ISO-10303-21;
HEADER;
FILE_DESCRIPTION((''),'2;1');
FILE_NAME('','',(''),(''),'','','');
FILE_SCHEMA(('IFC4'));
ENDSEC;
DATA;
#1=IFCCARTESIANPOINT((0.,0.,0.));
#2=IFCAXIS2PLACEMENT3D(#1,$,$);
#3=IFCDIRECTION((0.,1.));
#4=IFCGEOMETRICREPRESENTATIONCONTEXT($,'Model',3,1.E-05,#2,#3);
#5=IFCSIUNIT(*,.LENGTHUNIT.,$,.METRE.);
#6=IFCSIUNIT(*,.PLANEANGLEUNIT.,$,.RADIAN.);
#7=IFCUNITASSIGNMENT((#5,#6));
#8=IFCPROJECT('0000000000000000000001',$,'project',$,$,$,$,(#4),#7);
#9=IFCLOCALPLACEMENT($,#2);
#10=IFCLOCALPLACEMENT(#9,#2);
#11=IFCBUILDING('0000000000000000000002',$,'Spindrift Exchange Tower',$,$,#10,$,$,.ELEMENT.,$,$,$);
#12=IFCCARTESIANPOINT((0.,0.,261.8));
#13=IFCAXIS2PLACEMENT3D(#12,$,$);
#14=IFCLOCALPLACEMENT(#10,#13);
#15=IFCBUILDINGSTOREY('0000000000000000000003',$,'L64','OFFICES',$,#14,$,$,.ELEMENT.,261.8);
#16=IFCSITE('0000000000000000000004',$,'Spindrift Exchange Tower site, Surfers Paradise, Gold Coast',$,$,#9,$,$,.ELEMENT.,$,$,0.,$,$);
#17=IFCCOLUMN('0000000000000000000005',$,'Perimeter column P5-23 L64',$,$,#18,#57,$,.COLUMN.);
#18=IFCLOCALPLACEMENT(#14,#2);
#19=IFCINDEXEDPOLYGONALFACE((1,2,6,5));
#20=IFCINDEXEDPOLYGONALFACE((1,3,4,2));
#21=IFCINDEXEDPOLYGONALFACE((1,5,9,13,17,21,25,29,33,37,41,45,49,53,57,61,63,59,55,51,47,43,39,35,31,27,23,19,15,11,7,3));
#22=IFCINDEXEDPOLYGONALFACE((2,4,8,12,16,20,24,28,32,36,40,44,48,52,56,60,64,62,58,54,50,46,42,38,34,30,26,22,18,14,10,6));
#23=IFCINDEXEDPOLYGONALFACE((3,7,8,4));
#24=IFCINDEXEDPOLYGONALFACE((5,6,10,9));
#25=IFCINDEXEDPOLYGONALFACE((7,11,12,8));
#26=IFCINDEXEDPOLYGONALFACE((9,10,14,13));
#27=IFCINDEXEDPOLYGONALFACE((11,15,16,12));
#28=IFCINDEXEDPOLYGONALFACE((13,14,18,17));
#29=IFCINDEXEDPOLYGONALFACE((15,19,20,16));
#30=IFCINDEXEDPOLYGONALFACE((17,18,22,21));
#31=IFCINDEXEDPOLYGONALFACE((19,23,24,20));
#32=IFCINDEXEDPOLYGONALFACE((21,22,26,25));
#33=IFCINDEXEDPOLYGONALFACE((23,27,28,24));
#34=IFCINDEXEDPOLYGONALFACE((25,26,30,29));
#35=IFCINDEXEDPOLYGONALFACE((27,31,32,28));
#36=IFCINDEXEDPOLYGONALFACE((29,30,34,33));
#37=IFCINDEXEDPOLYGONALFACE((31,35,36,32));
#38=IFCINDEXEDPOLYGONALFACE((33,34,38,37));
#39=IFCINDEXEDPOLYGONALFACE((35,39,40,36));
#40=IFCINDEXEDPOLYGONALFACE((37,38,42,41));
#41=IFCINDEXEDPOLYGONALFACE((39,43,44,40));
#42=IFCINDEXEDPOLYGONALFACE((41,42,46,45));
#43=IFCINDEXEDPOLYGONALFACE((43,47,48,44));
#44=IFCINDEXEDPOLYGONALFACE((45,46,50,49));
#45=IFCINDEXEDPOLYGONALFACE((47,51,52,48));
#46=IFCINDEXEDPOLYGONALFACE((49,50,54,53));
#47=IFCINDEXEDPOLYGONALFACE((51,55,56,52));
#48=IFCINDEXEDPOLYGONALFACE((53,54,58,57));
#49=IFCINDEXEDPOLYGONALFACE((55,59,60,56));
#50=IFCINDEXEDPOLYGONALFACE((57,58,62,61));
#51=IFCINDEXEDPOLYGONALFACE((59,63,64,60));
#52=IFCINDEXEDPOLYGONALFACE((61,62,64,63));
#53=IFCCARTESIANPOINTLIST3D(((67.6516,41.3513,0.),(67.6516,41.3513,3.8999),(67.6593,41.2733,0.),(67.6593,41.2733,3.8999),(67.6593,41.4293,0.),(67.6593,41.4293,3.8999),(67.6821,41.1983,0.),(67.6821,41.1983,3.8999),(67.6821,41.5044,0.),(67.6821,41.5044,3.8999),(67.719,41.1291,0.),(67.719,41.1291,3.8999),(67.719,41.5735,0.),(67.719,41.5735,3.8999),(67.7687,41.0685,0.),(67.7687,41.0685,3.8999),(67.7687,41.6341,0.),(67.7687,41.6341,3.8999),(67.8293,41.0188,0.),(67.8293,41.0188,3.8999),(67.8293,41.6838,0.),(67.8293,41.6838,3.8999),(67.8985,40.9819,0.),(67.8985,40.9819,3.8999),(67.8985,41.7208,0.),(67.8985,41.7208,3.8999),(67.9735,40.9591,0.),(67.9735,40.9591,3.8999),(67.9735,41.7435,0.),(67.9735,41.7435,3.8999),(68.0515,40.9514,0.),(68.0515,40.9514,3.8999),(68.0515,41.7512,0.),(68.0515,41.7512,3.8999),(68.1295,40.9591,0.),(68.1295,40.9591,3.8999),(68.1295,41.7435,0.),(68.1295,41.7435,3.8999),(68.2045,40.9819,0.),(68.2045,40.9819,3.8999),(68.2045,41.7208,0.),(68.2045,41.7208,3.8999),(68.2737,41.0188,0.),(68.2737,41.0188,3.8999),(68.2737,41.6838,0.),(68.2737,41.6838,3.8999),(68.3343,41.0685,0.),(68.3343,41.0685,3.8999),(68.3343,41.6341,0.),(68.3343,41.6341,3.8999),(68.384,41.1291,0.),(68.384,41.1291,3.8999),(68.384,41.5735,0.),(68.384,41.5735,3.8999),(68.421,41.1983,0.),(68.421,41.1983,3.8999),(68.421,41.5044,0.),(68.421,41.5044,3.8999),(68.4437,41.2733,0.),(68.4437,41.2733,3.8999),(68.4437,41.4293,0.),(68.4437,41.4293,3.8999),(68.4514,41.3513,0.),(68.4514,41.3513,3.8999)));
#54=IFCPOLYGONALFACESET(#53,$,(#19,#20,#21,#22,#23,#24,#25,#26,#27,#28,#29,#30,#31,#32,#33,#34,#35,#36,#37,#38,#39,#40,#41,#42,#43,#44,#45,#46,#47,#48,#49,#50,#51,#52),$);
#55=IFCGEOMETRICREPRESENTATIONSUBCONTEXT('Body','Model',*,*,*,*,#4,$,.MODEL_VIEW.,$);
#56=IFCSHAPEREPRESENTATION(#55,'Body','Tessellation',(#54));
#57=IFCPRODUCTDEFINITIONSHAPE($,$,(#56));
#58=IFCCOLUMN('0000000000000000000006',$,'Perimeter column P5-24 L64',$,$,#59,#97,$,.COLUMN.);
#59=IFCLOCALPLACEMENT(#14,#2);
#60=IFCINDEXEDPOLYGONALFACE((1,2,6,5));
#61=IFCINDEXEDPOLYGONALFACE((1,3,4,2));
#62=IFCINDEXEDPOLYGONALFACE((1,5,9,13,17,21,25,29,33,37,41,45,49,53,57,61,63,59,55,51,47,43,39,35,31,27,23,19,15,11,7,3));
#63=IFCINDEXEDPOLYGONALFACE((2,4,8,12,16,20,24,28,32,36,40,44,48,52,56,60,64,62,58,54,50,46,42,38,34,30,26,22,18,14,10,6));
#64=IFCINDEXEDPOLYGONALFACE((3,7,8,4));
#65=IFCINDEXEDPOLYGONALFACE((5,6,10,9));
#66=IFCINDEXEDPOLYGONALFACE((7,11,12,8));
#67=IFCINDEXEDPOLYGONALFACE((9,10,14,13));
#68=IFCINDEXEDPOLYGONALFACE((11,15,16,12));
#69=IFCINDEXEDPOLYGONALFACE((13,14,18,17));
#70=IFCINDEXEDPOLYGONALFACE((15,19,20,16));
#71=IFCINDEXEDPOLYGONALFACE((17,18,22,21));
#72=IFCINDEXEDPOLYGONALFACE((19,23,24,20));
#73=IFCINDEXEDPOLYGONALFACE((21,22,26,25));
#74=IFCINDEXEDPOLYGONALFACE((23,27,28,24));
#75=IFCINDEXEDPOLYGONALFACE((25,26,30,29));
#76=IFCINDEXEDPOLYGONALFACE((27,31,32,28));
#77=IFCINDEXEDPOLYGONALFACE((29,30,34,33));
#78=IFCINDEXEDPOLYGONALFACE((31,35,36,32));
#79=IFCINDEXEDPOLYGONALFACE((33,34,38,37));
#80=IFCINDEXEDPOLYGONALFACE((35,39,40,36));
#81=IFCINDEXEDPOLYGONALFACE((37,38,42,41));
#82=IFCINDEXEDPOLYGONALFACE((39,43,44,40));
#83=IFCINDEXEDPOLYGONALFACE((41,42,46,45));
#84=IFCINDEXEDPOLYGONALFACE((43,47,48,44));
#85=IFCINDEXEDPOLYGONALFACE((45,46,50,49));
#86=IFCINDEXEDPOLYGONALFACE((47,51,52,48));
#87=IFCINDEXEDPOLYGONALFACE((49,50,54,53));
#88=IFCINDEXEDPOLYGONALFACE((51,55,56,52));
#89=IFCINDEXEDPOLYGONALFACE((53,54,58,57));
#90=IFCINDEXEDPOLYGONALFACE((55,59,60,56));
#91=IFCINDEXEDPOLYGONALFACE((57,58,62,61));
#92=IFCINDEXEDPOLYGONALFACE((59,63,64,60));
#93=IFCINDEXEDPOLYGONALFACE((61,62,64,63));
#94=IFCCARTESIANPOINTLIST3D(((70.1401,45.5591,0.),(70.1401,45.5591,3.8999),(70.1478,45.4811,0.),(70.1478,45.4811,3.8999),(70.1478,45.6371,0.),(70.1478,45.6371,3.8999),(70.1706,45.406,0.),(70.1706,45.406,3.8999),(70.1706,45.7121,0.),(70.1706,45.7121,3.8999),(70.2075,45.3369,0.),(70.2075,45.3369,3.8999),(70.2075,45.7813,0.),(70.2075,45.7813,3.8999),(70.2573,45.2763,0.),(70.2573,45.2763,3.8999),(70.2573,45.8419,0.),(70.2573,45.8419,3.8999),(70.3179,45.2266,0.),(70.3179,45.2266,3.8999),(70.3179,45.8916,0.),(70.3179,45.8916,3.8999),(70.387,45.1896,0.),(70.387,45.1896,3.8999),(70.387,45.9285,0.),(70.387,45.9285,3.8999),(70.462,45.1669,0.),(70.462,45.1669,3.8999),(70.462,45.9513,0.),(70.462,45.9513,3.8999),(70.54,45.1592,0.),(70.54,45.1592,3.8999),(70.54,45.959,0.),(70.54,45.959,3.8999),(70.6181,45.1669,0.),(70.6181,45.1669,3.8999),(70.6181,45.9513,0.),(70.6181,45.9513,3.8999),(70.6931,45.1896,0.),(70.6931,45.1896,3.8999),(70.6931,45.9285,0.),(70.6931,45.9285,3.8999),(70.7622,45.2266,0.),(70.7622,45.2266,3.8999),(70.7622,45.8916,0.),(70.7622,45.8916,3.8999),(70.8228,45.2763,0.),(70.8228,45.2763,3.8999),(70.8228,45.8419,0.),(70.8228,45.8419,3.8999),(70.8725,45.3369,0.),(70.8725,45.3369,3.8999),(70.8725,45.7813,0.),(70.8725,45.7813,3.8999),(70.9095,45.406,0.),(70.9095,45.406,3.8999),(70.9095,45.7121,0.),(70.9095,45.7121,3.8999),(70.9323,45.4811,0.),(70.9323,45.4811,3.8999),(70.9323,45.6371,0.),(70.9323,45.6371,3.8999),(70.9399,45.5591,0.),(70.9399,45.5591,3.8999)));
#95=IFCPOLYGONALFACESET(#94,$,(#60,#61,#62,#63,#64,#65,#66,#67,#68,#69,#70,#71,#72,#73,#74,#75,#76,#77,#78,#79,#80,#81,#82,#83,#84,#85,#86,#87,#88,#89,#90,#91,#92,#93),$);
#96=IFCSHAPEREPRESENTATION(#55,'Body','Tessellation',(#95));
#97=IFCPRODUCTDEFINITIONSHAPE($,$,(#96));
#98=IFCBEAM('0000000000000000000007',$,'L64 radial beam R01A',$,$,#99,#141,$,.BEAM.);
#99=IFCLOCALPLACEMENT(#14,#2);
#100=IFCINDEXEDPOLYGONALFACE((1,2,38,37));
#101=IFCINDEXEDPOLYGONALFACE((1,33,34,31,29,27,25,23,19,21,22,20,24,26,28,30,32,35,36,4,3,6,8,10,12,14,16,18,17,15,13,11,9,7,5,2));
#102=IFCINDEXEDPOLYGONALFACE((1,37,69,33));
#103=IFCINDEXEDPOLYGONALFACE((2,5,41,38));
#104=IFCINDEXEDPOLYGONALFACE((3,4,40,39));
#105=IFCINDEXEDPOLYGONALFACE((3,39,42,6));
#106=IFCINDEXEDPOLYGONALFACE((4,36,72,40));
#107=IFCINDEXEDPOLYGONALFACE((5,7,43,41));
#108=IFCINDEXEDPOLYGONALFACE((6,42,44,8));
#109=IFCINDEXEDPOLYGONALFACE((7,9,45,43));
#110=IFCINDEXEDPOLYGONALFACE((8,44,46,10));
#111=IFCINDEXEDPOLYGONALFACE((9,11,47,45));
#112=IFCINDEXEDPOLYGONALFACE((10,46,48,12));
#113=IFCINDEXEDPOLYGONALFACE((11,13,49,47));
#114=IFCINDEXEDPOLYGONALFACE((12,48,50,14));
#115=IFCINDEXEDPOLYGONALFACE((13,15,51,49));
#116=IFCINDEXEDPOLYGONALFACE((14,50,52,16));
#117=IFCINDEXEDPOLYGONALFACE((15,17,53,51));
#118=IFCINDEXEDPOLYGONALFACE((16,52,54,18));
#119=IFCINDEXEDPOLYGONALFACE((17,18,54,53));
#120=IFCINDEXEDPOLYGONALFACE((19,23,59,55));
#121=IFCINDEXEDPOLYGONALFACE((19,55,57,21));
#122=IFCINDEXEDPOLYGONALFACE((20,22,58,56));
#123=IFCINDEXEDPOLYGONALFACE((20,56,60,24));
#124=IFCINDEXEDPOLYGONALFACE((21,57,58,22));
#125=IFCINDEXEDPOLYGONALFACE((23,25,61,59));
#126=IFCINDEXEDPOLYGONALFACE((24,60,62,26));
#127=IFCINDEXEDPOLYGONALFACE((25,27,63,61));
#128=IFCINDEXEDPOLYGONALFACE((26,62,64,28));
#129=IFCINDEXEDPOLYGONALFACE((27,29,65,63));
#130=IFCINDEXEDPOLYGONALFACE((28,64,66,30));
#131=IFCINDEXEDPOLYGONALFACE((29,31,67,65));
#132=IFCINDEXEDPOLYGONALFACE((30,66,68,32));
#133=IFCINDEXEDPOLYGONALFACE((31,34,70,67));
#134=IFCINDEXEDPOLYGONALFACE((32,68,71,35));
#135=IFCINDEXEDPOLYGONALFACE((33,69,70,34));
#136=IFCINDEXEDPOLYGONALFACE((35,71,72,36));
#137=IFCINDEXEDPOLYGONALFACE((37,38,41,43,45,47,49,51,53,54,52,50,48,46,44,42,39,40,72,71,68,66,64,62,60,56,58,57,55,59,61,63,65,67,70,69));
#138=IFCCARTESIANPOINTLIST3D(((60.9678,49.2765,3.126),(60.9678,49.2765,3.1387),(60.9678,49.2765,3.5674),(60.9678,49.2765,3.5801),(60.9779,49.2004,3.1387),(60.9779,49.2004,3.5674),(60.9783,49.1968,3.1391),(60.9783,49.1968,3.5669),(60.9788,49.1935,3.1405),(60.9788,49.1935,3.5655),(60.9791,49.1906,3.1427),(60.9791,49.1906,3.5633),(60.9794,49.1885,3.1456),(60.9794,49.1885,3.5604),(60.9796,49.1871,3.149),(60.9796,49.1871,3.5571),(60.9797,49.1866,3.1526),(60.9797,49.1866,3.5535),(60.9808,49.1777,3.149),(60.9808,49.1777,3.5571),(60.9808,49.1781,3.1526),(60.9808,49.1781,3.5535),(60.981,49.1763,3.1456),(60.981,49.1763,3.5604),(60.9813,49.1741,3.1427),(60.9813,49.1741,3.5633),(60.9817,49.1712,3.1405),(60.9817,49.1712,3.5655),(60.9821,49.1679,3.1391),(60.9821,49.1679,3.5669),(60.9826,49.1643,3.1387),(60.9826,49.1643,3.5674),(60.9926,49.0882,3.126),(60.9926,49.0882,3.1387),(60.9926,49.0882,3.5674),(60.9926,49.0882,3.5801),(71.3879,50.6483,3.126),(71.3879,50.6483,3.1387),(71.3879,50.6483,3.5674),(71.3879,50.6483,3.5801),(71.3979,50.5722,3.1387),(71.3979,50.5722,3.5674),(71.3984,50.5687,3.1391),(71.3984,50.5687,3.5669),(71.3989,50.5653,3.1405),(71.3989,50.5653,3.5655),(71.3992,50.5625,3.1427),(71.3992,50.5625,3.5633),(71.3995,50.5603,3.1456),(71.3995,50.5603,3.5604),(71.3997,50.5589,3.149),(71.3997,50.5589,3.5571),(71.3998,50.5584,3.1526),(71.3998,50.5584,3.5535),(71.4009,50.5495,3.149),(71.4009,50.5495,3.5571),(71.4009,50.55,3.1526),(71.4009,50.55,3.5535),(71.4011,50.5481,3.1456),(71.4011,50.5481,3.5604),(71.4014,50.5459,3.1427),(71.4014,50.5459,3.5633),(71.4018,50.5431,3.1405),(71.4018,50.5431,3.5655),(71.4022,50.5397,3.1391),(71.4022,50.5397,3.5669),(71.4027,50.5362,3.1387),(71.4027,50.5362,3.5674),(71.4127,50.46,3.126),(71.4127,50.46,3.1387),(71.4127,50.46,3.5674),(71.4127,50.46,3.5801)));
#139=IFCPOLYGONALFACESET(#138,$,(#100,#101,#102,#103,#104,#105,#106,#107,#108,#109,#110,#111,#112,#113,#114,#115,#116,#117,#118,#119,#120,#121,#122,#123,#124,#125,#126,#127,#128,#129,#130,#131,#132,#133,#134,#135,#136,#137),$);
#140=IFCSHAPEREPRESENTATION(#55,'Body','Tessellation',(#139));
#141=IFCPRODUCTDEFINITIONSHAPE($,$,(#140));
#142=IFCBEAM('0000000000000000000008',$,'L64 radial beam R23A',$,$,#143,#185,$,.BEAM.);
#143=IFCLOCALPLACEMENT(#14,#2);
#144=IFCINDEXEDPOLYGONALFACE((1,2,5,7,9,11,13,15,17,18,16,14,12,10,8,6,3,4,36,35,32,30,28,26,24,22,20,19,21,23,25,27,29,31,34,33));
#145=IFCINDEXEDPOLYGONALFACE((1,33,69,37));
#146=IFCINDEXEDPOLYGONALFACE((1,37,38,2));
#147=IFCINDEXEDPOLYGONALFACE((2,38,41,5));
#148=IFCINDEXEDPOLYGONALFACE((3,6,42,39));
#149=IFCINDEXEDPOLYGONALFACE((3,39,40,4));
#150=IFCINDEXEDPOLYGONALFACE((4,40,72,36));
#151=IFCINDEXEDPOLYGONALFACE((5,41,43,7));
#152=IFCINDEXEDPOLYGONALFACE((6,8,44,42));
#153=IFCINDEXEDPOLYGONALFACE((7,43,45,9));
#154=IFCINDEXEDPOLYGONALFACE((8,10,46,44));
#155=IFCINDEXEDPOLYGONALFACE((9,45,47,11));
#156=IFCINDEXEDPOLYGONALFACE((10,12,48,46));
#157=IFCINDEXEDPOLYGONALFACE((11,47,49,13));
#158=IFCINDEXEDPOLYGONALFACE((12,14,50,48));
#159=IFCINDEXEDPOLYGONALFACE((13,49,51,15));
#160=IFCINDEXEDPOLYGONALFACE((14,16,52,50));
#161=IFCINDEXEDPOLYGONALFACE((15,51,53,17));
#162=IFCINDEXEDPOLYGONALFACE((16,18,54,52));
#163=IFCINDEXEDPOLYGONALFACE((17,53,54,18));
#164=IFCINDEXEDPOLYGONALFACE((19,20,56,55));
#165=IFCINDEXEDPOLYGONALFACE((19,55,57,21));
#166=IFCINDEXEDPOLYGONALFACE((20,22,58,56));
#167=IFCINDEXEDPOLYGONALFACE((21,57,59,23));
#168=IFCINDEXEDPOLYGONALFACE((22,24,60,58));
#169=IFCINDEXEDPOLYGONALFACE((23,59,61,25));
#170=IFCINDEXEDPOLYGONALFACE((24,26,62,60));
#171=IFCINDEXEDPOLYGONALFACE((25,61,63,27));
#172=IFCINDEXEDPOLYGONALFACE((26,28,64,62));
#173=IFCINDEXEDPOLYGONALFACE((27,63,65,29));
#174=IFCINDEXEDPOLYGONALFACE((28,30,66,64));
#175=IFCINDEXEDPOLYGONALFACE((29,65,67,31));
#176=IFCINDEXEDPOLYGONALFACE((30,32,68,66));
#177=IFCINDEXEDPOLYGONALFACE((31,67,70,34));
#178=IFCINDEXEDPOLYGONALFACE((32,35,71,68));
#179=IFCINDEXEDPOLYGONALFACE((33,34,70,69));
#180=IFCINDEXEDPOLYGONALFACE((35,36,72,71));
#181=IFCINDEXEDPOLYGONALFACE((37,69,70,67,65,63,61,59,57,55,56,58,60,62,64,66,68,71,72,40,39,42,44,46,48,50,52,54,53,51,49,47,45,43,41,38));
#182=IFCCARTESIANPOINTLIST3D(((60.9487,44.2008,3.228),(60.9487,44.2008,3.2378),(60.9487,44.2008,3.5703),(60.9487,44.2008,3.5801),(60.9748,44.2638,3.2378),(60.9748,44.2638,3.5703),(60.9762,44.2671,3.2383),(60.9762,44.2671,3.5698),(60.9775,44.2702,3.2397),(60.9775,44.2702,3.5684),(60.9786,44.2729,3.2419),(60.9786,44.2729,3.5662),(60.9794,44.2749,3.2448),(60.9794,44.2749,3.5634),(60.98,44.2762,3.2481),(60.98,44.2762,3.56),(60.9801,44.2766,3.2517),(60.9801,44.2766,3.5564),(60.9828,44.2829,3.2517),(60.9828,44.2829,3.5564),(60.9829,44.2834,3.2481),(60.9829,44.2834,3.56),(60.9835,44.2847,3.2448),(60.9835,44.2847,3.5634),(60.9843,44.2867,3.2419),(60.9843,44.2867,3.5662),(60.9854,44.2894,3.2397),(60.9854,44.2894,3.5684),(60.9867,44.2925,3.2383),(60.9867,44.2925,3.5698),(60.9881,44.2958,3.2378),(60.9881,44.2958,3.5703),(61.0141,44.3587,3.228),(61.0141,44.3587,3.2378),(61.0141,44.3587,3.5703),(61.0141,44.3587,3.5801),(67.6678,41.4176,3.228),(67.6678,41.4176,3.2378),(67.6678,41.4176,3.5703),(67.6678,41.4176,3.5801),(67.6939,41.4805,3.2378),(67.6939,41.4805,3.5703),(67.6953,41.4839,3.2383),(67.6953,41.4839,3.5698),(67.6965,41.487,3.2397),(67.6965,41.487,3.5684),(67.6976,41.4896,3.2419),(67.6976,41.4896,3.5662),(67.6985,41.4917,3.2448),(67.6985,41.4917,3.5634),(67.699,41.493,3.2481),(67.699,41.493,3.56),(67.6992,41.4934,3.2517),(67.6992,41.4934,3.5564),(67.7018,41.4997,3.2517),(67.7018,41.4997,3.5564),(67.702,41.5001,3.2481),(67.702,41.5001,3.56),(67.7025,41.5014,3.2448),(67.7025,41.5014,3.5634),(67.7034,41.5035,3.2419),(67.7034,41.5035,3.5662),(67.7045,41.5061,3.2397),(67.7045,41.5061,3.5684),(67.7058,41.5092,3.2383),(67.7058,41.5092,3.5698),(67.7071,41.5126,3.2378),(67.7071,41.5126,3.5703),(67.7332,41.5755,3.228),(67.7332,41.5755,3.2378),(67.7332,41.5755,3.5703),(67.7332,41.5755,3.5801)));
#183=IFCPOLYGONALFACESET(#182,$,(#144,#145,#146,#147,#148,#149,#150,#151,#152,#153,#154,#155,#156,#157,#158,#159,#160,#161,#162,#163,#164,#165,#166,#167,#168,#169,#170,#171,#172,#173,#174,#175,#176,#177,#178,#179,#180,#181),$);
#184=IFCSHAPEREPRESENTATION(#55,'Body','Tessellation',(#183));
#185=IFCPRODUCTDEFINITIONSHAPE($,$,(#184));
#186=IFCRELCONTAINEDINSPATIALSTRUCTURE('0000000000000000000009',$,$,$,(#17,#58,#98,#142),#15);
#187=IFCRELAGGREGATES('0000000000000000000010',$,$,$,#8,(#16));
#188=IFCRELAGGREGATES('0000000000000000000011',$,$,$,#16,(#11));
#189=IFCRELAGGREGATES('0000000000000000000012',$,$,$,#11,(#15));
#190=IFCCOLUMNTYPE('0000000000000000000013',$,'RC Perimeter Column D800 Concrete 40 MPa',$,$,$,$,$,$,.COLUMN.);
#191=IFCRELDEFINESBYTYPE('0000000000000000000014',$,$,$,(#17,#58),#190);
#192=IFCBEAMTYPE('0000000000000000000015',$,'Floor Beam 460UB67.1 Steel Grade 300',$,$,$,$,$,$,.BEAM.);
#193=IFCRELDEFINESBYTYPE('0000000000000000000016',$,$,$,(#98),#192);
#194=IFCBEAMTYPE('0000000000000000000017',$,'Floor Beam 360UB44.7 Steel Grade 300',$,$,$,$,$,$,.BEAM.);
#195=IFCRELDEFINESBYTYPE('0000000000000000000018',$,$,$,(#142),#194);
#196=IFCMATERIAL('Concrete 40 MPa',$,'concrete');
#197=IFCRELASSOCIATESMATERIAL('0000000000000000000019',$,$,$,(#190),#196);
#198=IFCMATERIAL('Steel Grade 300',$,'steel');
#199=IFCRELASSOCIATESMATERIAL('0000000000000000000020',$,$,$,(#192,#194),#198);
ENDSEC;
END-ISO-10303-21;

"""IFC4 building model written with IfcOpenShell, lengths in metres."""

from ifc_helpers import new_model, si_unit, direction, frame, origin, origin_2d, place, context, subcontext, project, spatial, circle, i_section, extrude, source, transform, mapped, material, material_profile, profile_set, type_object, element, save


model = new_model("IFC4")

# Units and contexts
model_context = context("Model", 3, precision=1e-05, world=origin(), true_north=direction((0.0, 1.0)))
body_context = subcontext(model_context, "Body", "Model", "MODEL_VIEW")
ifc_project = project(units=[si_unit("LENGTHUNIT", "METRE"), si_unit("PLANEANGLEUNIT", "RADIAN")], contexts=[model_context])

# Site, building, storey
site_placement = place(None, origin())
site = spatial("IfcSite", under=ifc_project, at=site_placement, Name="Spindrift Exchange Tower site, Surfers Paradise, Gold Coast", CompositionType="ELEMENT", RefElevation=0.0)
building_placement = place(site_placement, origin())
building = spatial("IfcBuilding", under=site, at=building_placement, Name="Spindrift Exchange Tower", CompositionType="ELEMENT")
storey_placement = place(building_placement, frame((0.0, 0.0, 261.8)))
storey = spatial("IfcBuildingStorey", under=building, at=storey_placement, Name="L64", Description="OFFICES", CompositionType="ELEMENT", Elevation=261.8)

# Columns
ifc_material_1 = material(Name="Concrete 40 MPa", Category="concrete")
ifc_material_profile_1 = material_profile(ifc_material_1, circle(Radius=0.3999, at=origin_2d()), Name="RC D800")
ifc_profile_set_1 = profile_set([ifc_material_profile_1], Name="Concrete 40 MPa")
column_type = type_object("IfcColumnType", Name="RC Perimeter Column D800 Concrete 40 MPa", PredefinedType="COLUMN", material=ifc_profile_set_1)
shared_shape_1 = source(origin(), body_context, "Body", "SweptSolid", [
    extrude(circle(Radius=0.3999, at=origin_2d()), origin(), (0.0, 0.0, 1.0), 3.8999),
])
for number, where, z_axis, x_axis, name in (
    (1, (68.0515, 41.3513, 0.0), (0.0, 0.0, 1.0), (1.0, 0.0, 0.0), "Perimeter column P5-23 L64"),
    (2, (70.54, 45.5591, 0.0), (0.0, 0.0, 1.0), (1.0, 0.0, 0.0), "Perimeter column P5-24 L64"),
):
    element("IfcColumn", number, at=place(storey_placement, frame(where, z_axis=z_axis, x_axis=x_axis)), inside=storey, type_object=column_type, Name=name, PredefinedType="COLUMN", context=body_context, shape_type="MappedRepresentation", body=[
        mapped(shared_shape_1, transform((0.0, 0.0, 0.0), scale=1.0)),
    ])

# Beams
ifc_material_2 = material(Name="Steel Grade 300", Category="steel")
ifc_material_profile_2 = material_profile(ifc_material_2, i_section(OverallWidth=0.1899, OverallDepth=0.4541, WebThickness=0.0085, FlangeThickness=0.0127, FilletRadius=0.0139, at=origin_2d()), Name="460UB67.1")
ifc_profile_set_2 = profile_set([ifc_material_profile_2], Name="Steel Grade 300")
beam_type_1 = type_object("IfcBeamType", Name="Floor Beam 460UB67.1 Steel Grade 300", PredefinedType="BEAM", material=ifc_profile_set_2)
shared_shape_2 = source(origin(), body_context, "Body", "SweptSolid", [
    extrude(i_section(OverallWidth=0.1899, OverallDepth=0.4541, WebThickness=0.0085, FlangeThickness=0.0127, FilletRadius=0.0139, at=origin_2d()), origin(), (0.0, 0.0, 1.0), 10.51),
])
beam_1_placement = place(storey_placement, frame((60.9802, 49.1824, 3.353), z_axis=(0.991445, 0.130525, 0.0), x_axis=(-0.130525, 0.991445, 0.0)))
element("IfcBeam", 3, at=beam_1_placement, inside=storey, type_object=beam_type_1, Name="L64 radial beam R01A", PredefinedType="BEAM", context=body_context, shape_type="MappedRepresentation", body=[
    mapped(shared_shape_2, transform((0.0, 0.0, 0.0), scale=1.0)),
])
ifc_material_profile_3 = material_profile(ifc_material_2, i_section(OverallWidth=0.1709, OverallDepth=0.3521, WebThickness=0.0068, FlangeThickness=0.0098, FilletRadius=0.0139, at=origin_2d()), Name="360UB44.7")
ifc_profile_set_3 = profile_set([ifc_material_profile_3], Name="Steel Grade 300")
beam_type_2 = type_object("IfcBeamType", Name="Floor Beam 360UB44.7 Steel Grade 300", PredefinedType="BEAM", material=ifc_profile_set_3)
shared_shape_3 = source(origin(), body_context, "Body", "SweptSolid", [
    extrude(i_section(OverallWidth=0.1709, OverallDepth=0.3521, WebThickness=0.0068, FlangeThickness=0.0098, FilletRadius=0.0139, at=origin_2d()), origin(), (0.0, 0.0, 1.0), 7.2727),
])
beam_2_placement = place(storey_placement, frame((60.9814, 44.2798, 3.4041), z_axis=(0.923874, -0.382696, 0.0), x_axis=(0.382696, 0.923874, 0.0)))
element("IfcBeam", 4, at=beam_2_placement, inside=storey, type_object=beam_type_2, Name="L64 radial beam R23A", PredefinedType="BEAM", context=body_context, shape_type="MappedRepresentation", body=[
    mapped(shared_shape_3, transform((0.0, 0.0, 0.0), scale=1.0)),
])

save(model, "model.ifc")
